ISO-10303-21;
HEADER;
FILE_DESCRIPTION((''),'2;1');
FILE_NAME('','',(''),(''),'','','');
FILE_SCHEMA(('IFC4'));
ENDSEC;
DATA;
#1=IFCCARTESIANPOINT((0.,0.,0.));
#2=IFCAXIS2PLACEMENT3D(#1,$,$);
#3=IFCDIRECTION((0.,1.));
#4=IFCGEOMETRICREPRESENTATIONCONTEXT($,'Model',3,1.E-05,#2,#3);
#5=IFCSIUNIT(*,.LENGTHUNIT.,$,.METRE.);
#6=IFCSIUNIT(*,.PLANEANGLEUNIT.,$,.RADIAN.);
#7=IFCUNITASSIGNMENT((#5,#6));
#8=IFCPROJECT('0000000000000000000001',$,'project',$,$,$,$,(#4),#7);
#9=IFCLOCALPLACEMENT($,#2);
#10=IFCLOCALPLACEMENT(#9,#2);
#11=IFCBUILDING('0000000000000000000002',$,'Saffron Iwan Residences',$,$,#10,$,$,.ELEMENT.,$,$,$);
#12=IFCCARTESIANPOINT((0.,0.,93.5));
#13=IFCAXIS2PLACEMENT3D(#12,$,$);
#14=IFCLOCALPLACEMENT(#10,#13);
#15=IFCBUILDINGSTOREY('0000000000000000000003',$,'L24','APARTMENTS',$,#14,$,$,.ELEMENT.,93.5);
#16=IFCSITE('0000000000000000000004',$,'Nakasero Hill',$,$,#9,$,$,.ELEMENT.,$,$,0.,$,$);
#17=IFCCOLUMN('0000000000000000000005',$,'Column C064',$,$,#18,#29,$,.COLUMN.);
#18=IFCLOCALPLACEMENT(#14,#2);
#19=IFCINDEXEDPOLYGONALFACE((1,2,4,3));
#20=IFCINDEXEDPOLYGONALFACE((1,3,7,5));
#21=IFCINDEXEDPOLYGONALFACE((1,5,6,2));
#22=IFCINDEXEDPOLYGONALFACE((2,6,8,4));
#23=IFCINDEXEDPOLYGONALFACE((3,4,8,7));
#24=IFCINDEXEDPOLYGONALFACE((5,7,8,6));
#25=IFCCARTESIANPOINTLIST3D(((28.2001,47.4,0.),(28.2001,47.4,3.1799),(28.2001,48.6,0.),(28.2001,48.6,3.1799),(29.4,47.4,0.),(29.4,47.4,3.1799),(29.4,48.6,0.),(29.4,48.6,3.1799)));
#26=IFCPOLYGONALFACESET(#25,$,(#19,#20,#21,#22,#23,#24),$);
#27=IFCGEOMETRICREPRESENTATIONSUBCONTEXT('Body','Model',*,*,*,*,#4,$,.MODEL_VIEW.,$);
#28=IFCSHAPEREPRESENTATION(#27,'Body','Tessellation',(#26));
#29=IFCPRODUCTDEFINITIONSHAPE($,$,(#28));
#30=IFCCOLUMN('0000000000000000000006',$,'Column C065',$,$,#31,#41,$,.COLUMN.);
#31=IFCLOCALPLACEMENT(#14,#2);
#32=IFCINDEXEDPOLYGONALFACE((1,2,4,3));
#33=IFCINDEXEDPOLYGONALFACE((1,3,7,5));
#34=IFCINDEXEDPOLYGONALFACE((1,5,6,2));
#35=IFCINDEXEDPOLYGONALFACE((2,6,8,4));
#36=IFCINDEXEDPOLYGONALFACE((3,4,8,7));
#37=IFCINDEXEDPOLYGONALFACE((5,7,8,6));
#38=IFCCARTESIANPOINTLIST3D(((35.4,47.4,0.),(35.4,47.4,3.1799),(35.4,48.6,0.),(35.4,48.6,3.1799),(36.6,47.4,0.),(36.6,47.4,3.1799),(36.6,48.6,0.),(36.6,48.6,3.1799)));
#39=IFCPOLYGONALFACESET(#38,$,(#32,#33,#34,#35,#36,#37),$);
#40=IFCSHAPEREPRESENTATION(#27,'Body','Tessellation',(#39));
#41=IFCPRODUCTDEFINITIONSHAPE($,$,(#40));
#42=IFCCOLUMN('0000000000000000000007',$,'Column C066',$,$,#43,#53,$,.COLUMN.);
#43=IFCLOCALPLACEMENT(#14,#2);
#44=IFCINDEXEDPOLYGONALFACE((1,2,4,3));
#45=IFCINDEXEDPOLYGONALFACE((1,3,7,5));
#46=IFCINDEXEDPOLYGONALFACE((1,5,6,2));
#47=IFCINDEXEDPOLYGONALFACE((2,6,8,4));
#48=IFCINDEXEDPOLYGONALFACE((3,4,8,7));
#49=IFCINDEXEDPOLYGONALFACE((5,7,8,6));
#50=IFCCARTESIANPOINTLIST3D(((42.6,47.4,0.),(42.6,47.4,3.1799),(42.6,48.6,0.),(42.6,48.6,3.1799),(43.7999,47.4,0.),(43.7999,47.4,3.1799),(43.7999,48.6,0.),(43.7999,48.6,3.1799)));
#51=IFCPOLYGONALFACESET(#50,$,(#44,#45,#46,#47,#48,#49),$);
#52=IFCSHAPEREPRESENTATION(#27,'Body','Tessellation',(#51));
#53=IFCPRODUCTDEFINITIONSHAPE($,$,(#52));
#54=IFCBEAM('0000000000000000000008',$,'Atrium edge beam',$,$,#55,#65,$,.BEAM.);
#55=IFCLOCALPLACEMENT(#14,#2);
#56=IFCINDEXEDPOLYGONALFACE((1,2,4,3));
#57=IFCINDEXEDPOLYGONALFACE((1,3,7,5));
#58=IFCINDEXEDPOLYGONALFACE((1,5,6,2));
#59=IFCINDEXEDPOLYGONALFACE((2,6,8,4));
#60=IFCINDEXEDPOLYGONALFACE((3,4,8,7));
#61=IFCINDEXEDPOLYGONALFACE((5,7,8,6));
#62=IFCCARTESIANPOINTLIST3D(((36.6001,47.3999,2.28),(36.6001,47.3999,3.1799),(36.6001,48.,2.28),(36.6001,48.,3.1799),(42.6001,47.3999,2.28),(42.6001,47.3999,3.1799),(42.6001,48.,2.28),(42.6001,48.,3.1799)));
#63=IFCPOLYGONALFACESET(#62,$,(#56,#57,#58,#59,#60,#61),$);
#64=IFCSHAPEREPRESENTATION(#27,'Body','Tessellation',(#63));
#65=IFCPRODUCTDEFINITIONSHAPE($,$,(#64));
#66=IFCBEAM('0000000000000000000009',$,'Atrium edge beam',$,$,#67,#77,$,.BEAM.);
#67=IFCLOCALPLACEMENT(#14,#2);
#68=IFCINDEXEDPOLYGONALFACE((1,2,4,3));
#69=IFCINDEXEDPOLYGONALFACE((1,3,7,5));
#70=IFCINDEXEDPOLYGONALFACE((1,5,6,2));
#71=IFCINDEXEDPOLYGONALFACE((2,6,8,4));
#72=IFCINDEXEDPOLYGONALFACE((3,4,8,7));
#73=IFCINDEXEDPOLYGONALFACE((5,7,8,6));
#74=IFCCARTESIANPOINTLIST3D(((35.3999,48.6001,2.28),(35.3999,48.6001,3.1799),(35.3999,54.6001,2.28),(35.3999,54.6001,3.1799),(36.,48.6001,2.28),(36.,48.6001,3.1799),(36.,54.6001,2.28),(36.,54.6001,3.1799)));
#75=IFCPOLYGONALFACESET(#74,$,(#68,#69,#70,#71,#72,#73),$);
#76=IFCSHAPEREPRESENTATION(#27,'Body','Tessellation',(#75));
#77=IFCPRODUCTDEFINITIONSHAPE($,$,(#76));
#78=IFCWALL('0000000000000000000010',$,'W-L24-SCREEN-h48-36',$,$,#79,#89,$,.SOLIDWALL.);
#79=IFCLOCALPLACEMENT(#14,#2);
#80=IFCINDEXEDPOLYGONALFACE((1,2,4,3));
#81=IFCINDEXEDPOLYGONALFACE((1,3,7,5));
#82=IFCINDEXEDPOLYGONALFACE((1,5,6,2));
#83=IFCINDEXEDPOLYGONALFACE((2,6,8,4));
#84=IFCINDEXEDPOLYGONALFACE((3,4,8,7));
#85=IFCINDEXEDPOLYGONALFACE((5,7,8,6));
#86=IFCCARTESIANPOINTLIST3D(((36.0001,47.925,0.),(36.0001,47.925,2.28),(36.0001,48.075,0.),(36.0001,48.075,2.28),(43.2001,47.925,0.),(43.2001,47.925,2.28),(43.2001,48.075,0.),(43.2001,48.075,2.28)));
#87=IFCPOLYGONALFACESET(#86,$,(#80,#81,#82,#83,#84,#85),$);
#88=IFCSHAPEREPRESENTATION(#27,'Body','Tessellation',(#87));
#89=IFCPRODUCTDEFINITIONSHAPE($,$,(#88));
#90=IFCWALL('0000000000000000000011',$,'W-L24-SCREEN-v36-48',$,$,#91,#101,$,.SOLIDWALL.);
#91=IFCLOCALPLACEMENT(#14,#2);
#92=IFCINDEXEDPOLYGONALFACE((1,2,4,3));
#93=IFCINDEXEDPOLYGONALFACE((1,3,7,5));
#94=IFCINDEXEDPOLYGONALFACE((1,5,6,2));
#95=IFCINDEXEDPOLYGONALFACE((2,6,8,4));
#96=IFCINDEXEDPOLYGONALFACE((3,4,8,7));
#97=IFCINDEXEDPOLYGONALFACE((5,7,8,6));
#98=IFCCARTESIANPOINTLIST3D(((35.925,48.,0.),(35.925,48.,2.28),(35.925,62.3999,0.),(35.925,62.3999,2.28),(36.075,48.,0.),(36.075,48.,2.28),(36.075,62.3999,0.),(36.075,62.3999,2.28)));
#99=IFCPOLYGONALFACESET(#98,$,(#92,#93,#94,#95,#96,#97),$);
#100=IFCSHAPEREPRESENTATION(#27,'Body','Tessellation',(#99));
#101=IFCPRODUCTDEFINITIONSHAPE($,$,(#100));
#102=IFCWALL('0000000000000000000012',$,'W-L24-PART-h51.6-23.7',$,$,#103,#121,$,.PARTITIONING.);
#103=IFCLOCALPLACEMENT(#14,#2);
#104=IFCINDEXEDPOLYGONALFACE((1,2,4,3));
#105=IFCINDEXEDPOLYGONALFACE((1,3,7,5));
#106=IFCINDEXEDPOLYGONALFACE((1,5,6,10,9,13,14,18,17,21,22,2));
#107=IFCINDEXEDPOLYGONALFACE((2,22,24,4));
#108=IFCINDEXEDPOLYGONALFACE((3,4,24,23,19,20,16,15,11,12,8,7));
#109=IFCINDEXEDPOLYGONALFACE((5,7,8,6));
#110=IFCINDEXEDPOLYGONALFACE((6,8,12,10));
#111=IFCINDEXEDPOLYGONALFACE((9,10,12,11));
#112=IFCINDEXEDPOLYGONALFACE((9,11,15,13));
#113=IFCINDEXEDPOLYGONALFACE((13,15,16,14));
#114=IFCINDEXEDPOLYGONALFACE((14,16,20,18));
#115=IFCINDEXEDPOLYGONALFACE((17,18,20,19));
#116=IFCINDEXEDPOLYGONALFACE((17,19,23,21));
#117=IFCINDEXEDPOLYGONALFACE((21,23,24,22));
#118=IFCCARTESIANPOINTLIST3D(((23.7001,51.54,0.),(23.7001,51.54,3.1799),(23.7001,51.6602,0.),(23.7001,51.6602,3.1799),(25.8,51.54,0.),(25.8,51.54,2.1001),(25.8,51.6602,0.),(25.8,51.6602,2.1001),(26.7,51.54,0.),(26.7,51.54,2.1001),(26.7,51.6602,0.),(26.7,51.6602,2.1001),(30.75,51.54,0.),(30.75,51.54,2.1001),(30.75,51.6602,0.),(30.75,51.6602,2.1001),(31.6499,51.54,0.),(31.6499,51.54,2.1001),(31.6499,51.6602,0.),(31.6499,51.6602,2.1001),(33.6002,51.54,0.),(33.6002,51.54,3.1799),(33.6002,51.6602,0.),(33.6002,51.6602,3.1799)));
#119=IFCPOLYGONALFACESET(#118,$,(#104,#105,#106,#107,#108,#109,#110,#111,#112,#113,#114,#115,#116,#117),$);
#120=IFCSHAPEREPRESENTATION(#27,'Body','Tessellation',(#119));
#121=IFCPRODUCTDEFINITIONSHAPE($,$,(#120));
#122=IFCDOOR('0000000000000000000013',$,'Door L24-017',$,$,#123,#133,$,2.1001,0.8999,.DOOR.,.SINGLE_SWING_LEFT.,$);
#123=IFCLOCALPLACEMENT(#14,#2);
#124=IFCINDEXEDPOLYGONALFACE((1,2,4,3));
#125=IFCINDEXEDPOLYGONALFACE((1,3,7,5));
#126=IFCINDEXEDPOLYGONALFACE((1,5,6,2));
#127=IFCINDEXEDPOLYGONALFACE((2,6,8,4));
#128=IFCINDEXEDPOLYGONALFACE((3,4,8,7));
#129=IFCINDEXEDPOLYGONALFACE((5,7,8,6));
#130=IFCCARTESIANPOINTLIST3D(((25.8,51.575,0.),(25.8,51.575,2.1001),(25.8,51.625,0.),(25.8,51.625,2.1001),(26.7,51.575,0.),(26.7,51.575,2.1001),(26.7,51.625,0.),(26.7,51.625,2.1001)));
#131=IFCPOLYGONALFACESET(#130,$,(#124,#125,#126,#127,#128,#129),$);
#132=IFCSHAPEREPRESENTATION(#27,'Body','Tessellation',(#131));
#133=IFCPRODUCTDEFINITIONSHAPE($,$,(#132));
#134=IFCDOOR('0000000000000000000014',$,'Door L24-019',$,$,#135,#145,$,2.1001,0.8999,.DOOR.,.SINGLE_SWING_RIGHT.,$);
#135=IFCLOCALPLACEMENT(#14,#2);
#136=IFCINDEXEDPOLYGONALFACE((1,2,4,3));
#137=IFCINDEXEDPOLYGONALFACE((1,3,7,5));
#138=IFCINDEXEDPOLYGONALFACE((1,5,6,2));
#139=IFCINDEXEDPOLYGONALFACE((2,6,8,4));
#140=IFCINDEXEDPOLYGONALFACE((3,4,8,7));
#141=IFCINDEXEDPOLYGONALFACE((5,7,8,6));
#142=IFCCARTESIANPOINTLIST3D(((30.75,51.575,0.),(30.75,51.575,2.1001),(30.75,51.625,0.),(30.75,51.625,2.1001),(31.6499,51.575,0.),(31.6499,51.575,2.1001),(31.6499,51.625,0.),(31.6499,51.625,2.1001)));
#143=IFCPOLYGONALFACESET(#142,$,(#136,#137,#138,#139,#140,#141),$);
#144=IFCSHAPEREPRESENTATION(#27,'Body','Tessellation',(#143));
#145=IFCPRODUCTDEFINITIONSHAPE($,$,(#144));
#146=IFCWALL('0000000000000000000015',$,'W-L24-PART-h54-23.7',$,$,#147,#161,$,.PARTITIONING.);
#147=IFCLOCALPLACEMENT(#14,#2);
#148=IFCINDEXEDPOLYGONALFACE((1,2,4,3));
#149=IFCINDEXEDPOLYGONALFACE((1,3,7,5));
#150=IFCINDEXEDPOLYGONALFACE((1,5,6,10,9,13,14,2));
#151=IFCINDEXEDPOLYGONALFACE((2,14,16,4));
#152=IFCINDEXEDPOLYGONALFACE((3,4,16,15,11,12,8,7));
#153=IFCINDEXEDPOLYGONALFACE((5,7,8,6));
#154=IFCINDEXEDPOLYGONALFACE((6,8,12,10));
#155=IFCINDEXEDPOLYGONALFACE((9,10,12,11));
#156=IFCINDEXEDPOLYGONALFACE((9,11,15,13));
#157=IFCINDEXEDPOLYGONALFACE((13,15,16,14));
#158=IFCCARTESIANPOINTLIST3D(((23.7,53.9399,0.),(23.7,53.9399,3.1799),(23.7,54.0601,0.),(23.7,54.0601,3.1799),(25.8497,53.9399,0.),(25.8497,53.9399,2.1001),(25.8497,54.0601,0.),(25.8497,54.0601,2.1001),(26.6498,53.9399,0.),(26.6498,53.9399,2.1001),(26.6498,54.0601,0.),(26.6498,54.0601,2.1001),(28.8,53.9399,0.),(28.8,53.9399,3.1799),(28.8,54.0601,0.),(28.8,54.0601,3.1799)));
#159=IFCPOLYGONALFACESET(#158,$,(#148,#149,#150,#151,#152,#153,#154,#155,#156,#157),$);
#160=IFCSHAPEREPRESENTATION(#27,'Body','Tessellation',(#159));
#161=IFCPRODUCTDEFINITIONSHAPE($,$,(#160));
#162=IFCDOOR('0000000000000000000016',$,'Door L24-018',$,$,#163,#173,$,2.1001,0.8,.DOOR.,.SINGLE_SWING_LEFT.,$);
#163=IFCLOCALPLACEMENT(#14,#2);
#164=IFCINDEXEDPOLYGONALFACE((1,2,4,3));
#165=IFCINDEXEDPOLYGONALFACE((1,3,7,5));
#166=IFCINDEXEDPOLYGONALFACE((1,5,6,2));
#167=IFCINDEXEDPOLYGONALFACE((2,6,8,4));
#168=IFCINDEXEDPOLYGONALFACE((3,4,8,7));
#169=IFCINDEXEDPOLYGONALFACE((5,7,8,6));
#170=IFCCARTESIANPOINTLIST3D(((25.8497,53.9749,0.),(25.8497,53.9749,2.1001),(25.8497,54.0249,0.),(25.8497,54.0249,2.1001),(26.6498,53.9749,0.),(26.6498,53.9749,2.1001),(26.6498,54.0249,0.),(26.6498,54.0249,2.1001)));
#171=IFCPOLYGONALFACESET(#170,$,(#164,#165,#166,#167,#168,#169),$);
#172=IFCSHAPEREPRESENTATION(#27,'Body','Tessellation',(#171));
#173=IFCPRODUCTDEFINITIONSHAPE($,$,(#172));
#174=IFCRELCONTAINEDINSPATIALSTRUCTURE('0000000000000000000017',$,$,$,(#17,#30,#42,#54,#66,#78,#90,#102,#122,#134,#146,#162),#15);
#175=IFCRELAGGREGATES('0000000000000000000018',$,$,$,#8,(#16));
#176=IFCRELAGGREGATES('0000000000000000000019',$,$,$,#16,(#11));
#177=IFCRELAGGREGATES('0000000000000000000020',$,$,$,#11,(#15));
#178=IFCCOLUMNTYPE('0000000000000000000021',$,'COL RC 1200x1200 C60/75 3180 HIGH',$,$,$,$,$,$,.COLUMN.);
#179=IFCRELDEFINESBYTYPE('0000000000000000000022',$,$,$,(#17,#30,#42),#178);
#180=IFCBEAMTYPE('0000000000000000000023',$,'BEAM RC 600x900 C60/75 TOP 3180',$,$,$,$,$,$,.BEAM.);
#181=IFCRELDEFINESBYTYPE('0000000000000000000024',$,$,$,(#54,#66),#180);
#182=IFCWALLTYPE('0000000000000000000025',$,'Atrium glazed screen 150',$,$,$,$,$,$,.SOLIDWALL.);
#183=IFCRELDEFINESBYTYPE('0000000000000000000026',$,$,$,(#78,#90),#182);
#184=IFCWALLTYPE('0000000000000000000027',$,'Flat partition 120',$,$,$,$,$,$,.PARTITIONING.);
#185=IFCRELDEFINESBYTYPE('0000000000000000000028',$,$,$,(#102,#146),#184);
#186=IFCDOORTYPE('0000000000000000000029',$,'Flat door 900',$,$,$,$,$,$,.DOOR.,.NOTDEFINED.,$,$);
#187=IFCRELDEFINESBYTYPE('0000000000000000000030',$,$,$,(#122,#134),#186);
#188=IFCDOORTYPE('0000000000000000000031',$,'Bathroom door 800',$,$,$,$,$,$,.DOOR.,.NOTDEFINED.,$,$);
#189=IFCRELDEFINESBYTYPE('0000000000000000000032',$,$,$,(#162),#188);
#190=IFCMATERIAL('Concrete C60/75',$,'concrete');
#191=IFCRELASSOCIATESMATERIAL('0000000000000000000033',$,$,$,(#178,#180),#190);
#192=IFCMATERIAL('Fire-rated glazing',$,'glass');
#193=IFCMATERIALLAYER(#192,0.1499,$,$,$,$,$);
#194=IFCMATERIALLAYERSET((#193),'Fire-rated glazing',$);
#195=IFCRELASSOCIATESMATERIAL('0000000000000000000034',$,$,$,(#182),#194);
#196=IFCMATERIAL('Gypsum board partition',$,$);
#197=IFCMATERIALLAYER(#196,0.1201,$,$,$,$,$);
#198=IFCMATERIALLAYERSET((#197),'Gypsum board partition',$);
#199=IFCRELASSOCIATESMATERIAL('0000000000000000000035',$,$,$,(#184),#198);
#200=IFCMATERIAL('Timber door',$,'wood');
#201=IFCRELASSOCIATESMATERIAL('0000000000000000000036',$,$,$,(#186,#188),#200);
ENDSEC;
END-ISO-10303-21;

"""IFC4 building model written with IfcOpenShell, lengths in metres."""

from ifc_helpers import new_model, si_unit, direction, frame, frame_2d, origin, origin_2d, place, context, subcontext, project, spatial, rectangle, extrude, source, transform, mapped, material, layer, layer_set, material_profile, profile_set, type_object, element, fill, save


model = new_model("IFC4")

# Units and contexts
model_context = context("Model", 3, precision=1e-05, world=origin(), true_north=direction((0.0, 1.0)))
body_context = subcontext(model_context, "Body", "Model", "MODEL_VIEW")
ifc_project = project(units=[si_unit("LENGTHUNIT", "METRE"), si_unit("PLANEANGLEUNIT", "RADIAN")], contexts=[model_context])

# Site, building, storey
site_placement = place(None, origin())
site = spatial("IfcSite", under=ifc_project, at=site_placement, Name="Nakasero Hill", CompositionType="ELEMENT", RefElevation=0.0)
building_placement = place(site_placement, origin())
building = spatial("IfcBuilding", under=site, at=building_placement, Name="Saffron Iwan Residences", CompositionType="ELEMENT")
storey_placement = place(building_placement, frame((0.0, 0.0, 93.5)))
storey = spatial("IfcBuildingStorey", under=building, at=storey_placement, Name="L24", Description="APARTMENTS", CompositionType="ELEMENT", Elevation=93.5)

# Columns
ifc_material_1 = material(Name="Concrete C60/75", Category="concrete")
ifc_material_profile_1 = material_profile(ifc_material_1, rectangle(XDim=1.2, YDim=1.2, at=origin_2d()), Name="RC 1200x1200")
ifc_profile_set_1 = profile_set([ifc_material_profile_1], Name="Concrete C60/75")
column_type = type_object("IfcColumnType", Name="COL RC 1200x1200 C60/75 3180 HIGH", PredefinedType="COLUMN", material=ifc_profile_set_1)
shared_shape_1 = source(origin(), body_context, "Body", "SweptSolid", [
    extrude(rectangle(XDim=1.2, YDim=1.2, at=origin_2d()), origin(), (0.0, 0.0, 1.0), 3.1799),
])
for number, where, z_axis, x_axis, name in (
    (1, (28.8, 48.0, 0.0), (0.0, 0.0, 1.0), (1.0, 0.0, 0.0), "Column C064"),
    (2, (36.0, 48.0, 0.0), (0.0, 0.0, 1.0), (1.0, 0.0, 0.0), "Column C065"),
    (3, (43.2, 48.0, 0.0), (0.0, 0.0, 1.0), (1.0, 0.0, 0.0), "Column C066"),
):
    element("IfcColumn", number, at=place(storey_placement, frame(where, z_axis=z_axis, x_axis=x_axis)), inside=storey, type_object=column_type, Name=name, PredefinedType="COLUMN", context=body_context, shape_type="MappedRepresentation", body=[
        mapped(shared_shape_1, transform((0.0, 0.0, 0.0))),
    ])

# Beams
ifc_material_profile_2 = material_profile(ifc_material_1, rectangle(XDim=0.6001, YDim=0.8999, at=origin_2d()), Name="RC 600x900")
ifc_profile_set_2 = profile_set([ifc_material_profile_2], Name="Concrete C60/75")
beam_type = type_object("IfcBeamType", Name="BEAM RC 600x900 C60/75 TOP 3180", PredefinedType="BEAM", material=ifc_profile_set_2)
shared_shape_2 = source(origin(), body_context, "Body", "SweptSolid", [
    extrude(rectangle(XDim=0.6001, YDim=0.8999, at=origin_2d()), origin(), (0.0, 0.0, 1.0), 6.0),
])
for number, where, z_axis, x_axis, name in (
    (4, (42.6001, 47.7, 2.73), (-1.0, 0.0, 0.0), (0.0, -1.0, 0.0), "Atrium edge beam"),
    (5, (35.7, 48.6001, 2.73), (0.0, 1.0, 0.0), (-1.0, 0.0, 0.0), "Atrium edge beam"),
):
    element("IfcBeam", number, at=place(storey_placement, frame(where, z_axis=z_axis, x_axis=x_axis)), inside=storey, type_object=beam_type, Name=name, PredefinedType="BEAM", context=body_context, shape_type="MappedRepresentation", body=[
        mapped(shared_shape_2, transform((0.0, 0.0, 0.0))),
    ])

# Walls
ifc_material_2 = material(Name="Fire-rated glazing", Category="glass")
ifc_layer_1 = layer(ifc_material_2, 0.1499)
ifc_layer_set_1 = layer_set([ifc_layer_1], Name="Fire-rated glazing")
wall_type_1 = type_object("IfcWallType", Name="Atrium glazed screen 150", PredefinedType="SOLIDWALL", material=ifc_layer_set_1)
wall_1_placement = place(storey_placement, frame((36.0, 48.0, 0.0), z_axis=(0.0, 0.0, 1.0), x_axis=(1.0, 0.0, 0.0)))
element("IfcWall", 6, at=wall_1_placement, inside=storey, type_object=wall_type_1, Name="W-L24-SCREEN-h48-36", PredefinedType="SOLIDWALL", context=body_context, shape_type="SweptSolid", body=[
    extrude(rectangle(XDim=7.2, YDim=0.1499, at=frame_2d((3.6001, 0.0))), origin(), (0.0, 0.0, 1.0), 2.28),
])
wall_2_placement = place(storey_placement, frame((36.0, 48.0, 0.0), z_axis=(0.0, 0.0, 1.0), x_axis=(0.0, 1.0, 0.0)))
element("IfcWall", 7, at=wall_2_placement, inside=storey, type_object=wall_type_1, Name="W-L24-SCREEN-v36-48", PredefinedType="SOLIDWALL", context=body_context, shape_type="SweptSolid", body=[
    extrude(rectangle(XDim=14.3999, YDim=0.1499, at=frame_2d((7.2, 0.0))), origin(), (0.0, 0.0, 1.0), 2.28),
])

# Wall, openings, doors
ifc_material_3 = material(Name="Gypsum board partition")
ifc_layer_2 = layer(ifc_material_3, 0.1201)
ifc_layer_set_2 = layer_set([ifc_layer_2], Name="Gypsum board partition")
wall_type_2 = type_object("IfcWallType", Name="Flat partition 120", PredefinedType="PARTITIONING", material=ifc_layer_set_2)
wall_3_placement = place(storey_placement, frame((23.7, 51.6001, 0.0), z_axis=(0.0, 0.0, 1.0), x_axis=(1.0, 0.0, 0.0)))
wall_3 = element("IfcWall", 8, at=wall_3_placement, inside=storey, type_object=wall_type_2, Name="W-L24-PART-h51.6-23.7", PredefinedType="PARTITIONING", context=body_context, shape_type="SweptSolid", body=[
    extrude(rectangle(XDim=9.9001, YDim=0.1201, at=frame_2d((4.9502, 0.0))), origin(), (0.0, 0.0, 1.0), 3.1799),
])
opening_1_placement = place(wall_3_placement, frame((2.1001, 0.0, 0.0)))
opening_1 = element("IfcOpeningElement", 9, at=opening_1_placement, cuts=wall_3, PredefinedType="OPENING", context=body_context, shape_type="SweptSolid", body=[
    extrude(rectangle(XDim=0.8999, YDim=2.1001, at=frame_2d((0.45, 1.05))), frame((0.0, 0.0701, 0.0), z_axis=(0.0, -1.0, 0.0), x_axis=(1.0, 0.0, 0.0)), (0.0, 0.0, 1.0), 0.1401),
])
opening_2_placement = place(wall_3_placement, frame((7.05, 0.0, 0.0)))
opening_2 = element("IfcOpeningElement", 10, at=opening_2_placement, cuts=wall_3, PredefinedType="OPENING", context=body_context, shape_type="SweptSolid", body=[
    extrude(rectangle(XDim=0.8999, YDim=2.1001, at=frame_2d((0.45, 1.05))), frame((0.0, 0.0701, 0.0), z_axis=(0.0, -1.0, 0.0), x_axis=(1.0, 0.0, 0.0)), (0.0, 0.0, 1.0), 0.1401),
])
ifc_material_4 = material(Name="Timber door", Category="wood")
door_type_1 = type_object("IfcDoorType", Name="Flat door 900", OperationType="NOTDEFINED", PredefinedType="DOOR", material=ifc_material_4)
door_1_placement = place(opening_1_placement, origin())
door_1 = element("IfcDoor", 11, at=door_1_placement, inside=storey, type_object=door_type_1, Name="Door L24-017", OperationType="SINGLE_SWING_LEFT", OverallHeight=2.1001, OverallWidth=0.8999, PredefinedType="DOOR", context=body_context, shape_type="SweptSolid", body=[
    extrude(rectangle(XDim=0.8999, YDim=2.1001, at=frame_2d((0.45, 1.05))), frame((0.0, 0.0249, 0.0), z_axis=(0.0, -1.0, 0.0), x_axis=(1.0, 0.0, 0.0)), (0.0, 0.0, 1.0), 0.05),
])
fill(opening_1, door_1)
door_2_placement = place(opening_2_placement, origin())
door_2 = element("IfcDoor", 12, at=door_2_placement, inside=storey, type_object=door_type_1, Name="Door L24-019", OperationType="SINGLE_SWING_RIGHT", OverallHeight=2.1001, OverallWidth=0.8999, PredefinedType="DOOR", context=body_context, shape_type="SweptSolid", body=[
    extrude(rectangle(XDim=0.8999, YDim=2.1001, at=frame_2d((0.45, 1.05))), frame((0.0, 0.0249, 0.0), z_axis=(0.0, -1.0, 0.0), x_axis=(1.0, 0.0, 0.0)), (0.0, 0.0, 1.0), 0.05),
])
fill(opening_2, door_2)

# Wall, opening, door
wall_4_placement = place(storey_placement, frame((23.7, 54.0, 0.0), z_axis=(0.0, 0.0, 1.0), x_axis=(1.0, 0.0, 0.0)))
wall_4 = element("IfcWall", 13, at=wall_4_placement, inside=storey, type_object=wall_type_2, Name="W-L24-PART-h54-23.7", PredefinedType="PARTITIONING", context=body_context, shape_type="SweptSolid", body=[
    extrude(rectangle(XDim=5.1001, YDim=0.1201, at=frame_2d((2.55, 0.0))), origin(), (0.0, 0.0, 1.0), 3.1799),
])
opening_3_placement = place(wall_4_placement, frame((2.1499, 0.0, 0.0)))
opening_3 = element("IfcOpeningElement", 14, at=opening_3_placement, cuts=wall_4, PredefinedType="OPENING", context=body_context, shape_type="SweptSolid", body=[
    extrude(rectangle(XDim=0.8, YDim=2.1001, at=frame_2d((0.3999, 1.05))), frame((0.0, 0.0701, 0.0), z_axis=(0.0, -1.0, 0.0), x_axis=(1.0, 0.0, 0.0)), (0.0, 0.0, 1.0), 0.1401),
])
door_type_2 = type_object("IfcDoorType", Name="Bathroom door 800", OperationType="NOTDEFINED", PredefinedType="DOOR", material=ifc_material_4)
door_3_placement = place(opening_3_placement, origin())
door_3 = element("IfcDoor", 15, at=door_3_placement, inside=storey, type_object=door_type_2, Name="Door L24-018", OperationType="SINGLE_SWING_LEFT", OverallHeight=2.1001, OverallWidth=0.8, PredefinedType="DOOR", context=body_context, shape_type="SweptSolid", body=[
    extrude(rectangle(XDim=0.8, YDim=2.1001, at=frame_2d((0.3999, 1.05))), frame((0.0, 0.0249, 0.0), z_axis=(0.0, -1.0, 0.0), x_axis=(1.0, 0.0, 0.0)), (0.0, 0.0, 1.0), 0.05),
])
fill(opening_3, door_3)

save(model, "model.ifc")
